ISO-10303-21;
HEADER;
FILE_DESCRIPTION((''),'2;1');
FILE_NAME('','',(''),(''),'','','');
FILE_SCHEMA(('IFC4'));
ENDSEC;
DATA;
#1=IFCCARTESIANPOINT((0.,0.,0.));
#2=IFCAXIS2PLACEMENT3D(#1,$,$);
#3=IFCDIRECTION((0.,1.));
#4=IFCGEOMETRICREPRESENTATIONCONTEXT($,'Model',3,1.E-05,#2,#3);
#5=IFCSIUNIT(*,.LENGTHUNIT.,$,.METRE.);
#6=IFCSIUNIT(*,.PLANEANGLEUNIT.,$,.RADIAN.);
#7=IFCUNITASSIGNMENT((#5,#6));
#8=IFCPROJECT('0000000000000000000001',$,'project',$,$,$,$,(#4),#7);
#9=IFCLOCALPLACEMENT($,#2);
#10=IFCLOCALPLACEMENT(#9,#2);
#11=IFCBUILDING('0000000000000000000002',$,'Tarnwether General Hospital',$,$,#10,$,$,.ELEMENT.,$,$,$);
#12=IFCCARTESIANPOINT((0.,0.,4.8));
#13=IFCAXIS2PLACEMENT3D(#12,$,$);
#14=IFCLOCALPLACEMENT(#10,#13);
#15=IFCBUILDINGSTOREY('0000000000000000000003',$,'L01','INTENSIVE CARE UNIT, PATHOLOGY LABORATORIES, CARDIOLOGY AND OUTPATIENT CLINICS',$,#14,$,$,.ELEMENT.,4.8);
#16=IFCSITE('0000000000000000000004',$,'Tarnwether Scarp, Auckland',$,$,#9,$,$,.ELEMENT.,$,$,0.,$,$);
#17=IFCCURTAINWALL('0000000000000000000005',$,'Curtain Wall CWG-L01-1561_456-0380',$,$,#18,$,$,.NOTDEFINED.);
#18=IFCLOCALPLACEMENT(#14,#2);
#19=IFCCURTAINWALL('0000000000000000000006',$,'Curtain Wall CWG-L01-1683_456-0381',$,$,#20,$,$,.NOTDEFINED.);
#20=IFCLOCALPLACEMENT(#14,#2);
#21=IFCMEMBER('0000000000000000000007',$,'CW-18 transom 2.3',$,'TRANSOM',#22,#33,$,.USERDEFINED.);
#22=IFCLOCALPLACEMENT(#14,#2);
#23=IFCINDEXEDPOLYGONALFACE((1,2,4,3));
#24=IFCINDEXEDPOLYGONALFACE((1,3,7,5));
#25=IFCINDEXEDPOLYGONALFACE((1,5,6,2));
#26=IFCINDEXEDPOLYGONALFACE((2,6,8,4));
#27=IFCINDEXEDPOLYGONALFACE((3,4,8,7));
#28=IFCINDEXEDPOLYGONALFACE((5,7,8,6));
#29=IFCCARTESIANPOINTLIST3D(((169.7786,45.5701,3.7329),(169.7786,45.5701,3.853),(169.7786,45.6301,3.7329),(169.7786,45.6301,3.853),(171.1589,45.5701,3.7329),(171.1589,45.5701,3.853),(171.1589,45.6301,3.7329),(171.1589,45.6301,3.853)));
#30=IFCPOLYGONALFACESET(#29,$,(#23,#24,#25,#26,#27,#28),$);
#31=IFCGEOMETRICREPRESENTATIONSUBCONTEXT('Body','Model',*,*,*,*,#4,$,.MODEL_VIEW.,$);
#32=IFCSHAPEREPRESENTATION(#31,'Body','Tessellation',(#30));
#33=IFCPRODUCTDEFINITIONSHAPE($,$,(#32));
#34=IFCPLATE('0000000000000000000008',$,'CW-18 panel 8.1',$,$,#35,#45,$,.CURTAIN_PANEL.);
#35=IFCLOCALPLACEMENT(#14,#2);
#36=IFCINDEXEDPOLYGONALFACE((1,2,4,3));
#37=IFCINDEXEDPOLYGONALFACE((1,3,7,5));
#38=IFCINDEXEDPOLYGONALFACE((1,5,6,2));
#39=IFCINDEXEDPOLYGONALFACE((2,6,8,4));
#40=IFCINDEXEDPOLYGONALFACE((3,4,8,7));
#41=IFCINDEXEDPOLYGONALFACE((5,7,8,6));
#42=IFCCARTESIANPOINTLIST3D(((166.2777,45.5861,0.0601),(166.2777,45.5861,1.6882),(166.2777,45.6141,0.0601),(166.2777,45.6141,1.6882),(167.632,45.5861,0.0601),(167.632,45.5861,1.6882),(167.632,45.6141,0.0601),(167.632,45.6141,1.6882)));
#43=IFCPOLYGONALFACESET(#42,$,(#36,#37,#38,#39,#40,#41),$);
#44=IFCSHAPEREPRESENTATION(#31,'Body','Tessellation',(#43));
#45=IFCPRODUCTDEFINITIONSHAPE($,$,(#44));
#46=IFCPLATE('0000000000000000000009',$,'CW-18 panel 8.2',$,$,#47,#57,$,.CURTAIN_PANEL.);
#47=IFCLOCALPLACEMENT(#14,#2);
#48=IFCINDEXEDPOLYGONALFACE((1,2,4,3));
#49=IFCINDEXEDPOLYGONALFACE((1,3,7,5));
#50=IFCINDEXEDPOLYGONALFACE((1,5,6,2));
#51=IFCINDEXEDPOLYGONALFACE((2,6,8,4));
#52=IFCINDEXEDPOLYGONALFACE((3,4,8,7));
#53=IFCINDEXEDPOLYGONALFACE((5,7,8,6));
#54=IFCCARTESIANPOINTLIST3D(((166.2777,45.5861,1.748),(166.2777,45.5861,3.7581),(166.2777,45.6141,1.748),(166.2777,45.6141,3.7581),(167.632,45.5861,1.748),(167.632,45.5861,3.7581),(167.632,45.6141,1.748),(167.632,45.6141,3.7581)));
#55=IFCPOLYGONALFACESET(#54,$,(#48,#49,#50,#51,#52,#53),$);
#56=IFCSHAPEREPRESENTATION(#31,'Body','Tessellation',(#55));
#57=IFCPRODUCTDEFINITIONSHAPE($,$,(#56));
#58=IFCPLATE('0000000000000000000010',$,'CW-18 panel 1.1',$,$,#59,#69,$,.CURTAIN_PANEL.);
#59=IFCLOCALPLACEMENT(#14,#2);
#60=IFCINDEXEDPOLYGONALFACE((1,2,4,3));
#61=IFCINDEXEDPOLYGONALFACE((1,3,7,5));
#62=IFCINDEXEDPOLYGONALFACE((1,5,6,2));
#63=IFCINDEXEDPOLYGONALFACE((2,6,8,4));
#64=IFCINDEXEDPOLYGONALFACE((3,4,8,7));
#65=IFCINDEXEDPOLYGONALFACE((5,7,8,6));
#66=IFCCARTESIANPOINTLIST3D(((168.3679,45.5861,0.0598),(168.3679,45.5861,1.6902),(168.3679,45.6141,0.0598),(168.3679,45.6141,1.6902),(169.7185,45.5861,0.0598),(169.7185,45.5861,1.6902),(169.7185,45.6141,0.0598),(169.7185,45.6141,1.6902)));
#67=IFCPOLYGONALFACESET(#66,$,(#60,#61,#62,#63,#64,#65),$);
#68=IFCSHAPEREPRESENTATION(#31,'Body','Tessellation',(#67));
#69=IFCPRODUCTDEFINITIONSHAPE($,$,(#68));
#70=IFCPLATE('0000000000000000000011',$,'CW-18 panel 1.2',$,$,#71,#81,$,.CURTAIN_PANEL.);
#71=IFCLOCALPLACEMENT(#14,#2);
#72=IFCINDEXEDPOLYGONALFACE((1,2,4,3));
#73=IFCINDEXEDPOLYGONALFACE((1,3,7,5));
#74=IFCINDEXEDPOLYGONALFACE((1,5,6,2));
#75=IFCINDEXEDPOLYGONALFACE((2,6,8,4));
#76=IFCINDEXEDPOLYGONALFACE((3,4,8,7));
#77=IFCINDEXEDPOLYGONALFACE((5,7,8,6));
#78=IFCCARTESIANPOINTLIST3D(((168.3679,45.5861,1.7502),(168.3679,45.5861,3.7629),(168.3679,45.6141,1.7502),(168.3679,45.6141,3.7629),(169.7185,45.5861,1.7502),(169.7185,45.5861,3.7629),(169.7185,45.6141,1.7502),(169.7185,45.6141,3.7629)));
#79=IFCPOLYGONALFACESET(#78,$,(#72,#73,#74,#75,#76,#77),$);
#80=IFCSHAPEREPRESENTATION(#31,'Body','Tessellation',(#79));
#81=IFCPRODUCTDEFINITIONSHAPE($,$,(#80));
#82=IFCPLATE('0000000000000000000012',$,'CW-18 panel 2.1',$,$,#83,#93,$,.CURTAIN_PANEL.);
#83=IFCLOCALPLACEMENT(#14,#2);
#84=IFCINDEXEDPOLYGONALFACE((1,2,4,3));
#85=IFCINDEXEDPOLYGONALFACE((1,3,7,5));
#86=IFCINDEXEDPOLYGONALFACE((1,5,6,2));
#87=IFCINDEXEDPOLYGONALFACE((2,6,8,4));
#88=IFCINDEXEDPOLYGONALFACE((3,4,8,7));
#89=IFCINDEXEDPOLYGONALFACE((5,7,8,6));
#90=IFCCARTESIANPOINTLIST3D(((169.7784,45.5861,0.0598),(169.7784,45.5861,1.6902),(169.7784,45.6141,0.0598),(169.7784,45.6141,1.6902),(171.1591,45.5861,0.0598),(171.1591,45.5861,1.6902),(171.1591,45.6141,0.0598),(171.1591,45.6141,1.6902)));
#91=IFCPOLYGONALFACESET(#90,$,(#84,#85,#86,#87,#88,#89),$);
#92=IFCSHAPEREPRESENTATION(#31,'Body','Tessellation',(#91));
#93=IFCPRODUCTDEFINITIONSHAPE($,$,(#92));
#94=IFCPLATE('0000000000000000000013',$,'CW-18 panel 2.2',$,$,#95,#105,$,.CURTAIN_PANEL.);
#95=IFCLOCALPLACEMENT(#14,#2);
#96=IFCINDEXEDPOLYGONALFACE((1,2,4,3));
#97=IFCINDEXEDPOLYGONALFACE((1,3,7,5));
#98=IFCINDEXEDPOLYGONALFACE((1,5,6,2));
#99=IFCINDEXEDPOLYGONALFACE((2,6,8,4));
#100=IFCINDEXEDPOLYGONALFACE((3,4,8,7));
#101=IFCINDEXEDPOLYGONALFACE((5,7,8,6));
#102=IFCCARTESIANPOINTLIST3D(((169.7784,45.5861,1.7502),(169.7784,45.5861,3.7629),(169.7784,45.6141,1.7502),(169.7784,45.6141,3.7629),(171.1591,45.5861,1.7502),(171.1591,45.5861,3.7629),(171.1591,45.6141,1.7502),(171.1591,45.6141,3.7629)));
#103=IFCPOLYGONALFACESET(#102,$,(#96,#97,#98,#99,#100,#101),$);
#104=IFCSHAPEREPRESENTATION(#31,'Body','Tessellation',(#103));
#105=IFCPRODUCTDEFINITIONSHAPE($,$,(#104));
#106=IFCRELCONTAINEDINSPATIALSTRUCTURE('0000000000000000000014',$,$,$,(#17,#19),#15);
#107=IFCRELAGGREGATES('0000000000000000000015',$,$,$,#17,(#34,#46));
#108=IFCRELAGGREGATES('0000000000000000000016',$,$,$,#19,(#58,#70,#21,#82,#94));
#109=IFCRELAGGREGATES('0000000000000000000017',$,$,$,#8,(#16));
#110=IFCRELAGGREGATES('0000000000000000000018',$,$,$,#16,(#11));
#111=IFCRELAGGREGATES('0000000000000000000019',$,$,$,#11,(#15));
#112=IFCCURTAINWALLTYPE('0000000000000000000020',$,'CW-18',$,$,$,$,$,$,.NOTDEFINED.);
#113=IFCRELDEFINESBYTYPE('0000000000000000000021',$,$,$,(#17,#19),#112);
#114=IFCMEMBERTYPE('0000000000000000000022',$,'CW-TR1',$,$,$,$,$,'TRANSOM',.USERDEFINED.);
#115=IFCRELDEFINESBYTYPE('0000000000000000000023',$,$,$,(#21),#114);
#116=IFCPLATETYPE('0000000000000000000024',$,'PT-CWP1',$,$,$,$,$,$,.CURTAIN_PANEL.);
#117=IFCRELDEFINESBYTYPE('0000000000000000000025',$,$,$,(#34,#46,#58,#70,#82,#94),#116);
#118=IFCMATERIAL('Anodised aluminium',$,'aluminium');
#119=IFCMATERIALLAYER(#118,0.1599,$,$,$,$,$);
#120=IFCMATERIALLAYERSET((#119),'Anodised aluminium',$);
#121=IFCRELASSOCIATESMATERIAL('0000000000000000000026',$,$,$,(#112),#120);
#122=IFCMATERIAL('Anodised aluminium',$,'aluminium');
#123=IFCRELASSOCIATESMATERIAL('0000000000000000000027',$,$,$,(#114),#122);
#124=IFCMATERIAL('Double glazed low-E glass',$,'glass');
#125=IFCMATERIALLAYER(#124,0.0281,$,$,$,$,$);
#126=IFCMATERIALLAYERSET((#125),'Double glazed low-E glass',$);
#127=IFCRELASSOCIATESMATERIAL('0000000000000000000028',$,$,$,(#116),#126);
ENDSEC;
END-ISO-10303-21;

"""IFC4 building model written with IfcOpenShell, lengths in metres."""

from ifc_helpers import new_model, si_unit, direction, frame, origin, origin_2d, place, context, subcontext, project, spatial, rectangle, extrude, material, layer, layer_set, material_profile, profile_set, type_object, element, aggregate, save


model = new_model("IFC4")

# Units and contexts
model_context = context("Model", 3, precision=1e-05, world=origin(), true_north=direction((0.0, 1.0)))
body_context = subcontext(model_context, "Body", "Model", "MODEL_VIEW")
ifc_project = project(units=[si_unit("LENGTHUNIT", "METRE"), si_unit("PLANEANGLEUNIT", "RADIAN")], contexts=[model_context])

# Site, building, storey
site_placement = place(None, origin())
site = spatial("IfcSite", under=ifc_project, at=site_placement, Name="Tarnwether Scarp, Auckland", CompositionType="ELEMENT", RefElevation=0.0)
building_placement = place(site_placement, origin())
building = spatial("IfcBuilding", under=site, at=building_placement, Name="Tarnwether General Hospital", CompositionType="ELEMENT")
storey_placement = place(building_placement, frame((0.0, 0.0, 4.8)))
storey = spatial("IfcBuildingStorey", under=building, at=storey_placement, Name="L01", Description="INTENSIVE CARE UNIT, PATHOLOGY LABORATORIES, CARDIOLOGY AND OUTPATIENT CLINICS", CompositionType="ELEMENT", Elevation=4.8)

# Curtain wall
ifc_material_1 = material(Name="Anodised aluminium", Category="aluminium")
ifc_layer_1 = layer(ifc_material_1, 0.1599)
ifc_layer_set_1 = layer_set([ifc_layer_1], Name="Anodised aluminium")
curtain_wall_type = type_object("IfcCurtainWallType", Name="CW-18", PredefinedType="NOTDEFINED", material=ifc_layer_set_1)
curtain_wall_1_placement = place(storey_placement, origin())
curtain_wall_1 = element("IfcCurtainWall", 1, at=curtain_wall_1_placement, inside=storey, type_object=curtain_wall_type, Name="Curtain Wall CWG-L01-1561_456-0380", PredefinedType="NOTDEFINED")

# Curtain wall
curtain_wall_2_placement = place(storey_placement, origin())
curtain_wall_2 = element("IfcCurtainWall", 2, at=curtain_wall_2_placement, inside=storey, type_object=curtain_wall_type, Name="Curtain Wall CWG-L01-1683_456-0381", PredefinedType="NOTDEFINED")

# Member
ifc_material_2 = material(Name="Anodised aluminium", Category="aluminium")
ifc_material_profile_1 = material_profile(ifc_material_2, rectangle(XDim=0.0601, YDim=0.1201, at=origin_2d()), Name="ALU-TRN-60x120")
ifc_profile_set_1 = profile_set([ifc_material_profile_1], Name="Anodised aluminium")
member_type_1 = type_object("IfcMemberType", Name="CW-TR1", ElementType="TRANSOM", PredefinedType="USERDEFINED", material=ifc_profile_set_1)
member_1_placement = place(storey_placement, frame((169.7786, 45.6001, 3.793), z_axis=(1.0, 0.0, 0.0), x_axis=(0.0, 1.0, 0.0)))
member_1 = element("IfcMember", 3, at=member_1_placement, type_object=member_type_1, Name="CW-18 transom 2.3", ObjectType="TRANSOM", PredefinedType="USERDEFINED", context=body_context, shape_type="SweptSolid", body=[
    extrude(rectangle(XDim=0.0601, YDim=0.1201, at=origin_2d()), origin(), (0.0, 0.0, 1.0), 1.3804),
])

# Plates
ifc_material_3 = material(Name="Double glazed low-E glass", Category="glass")
ifc_layer_2 = layer(ifc_material_3, 0.0281)
ifc_layer_set_2 = layer_set([ifc_layer_2], Name="Double glazed low-E glass")
plate_type = type_object("IfcPlateType", Name="PT-CWP1", PredefinedType="CURTAIN_PANEL", material=ifc_layer_set_2)
plate_1_placement = place(storey_placement, frame((166.9548, 45.6001, 0.0601), z_axis=(0.0, 0.0, 1.0), x_axis=(1.0, 0.0, 0.0)))
plate_1 = element("IfcPlate", 4, at=plate_1_placement, type_object=plate_type, Name="CW-18 panel 8.1", PredefinedType="CURTAIN_PANEL", context=body_context, shape_type="SweptSolid", body=[
    extrude(rectangle(XDim=1.3542, YDim=0.0281, at=origin_2d()), origin(), (0.0, 0.0, 1.0), 1.6282),
])
plate_2_placement = place(storey_placement, frame((166.9548, 45.6001, 1.748), z_axis=(0.0, 0.0, 1.0), x_axis=(1.0, 0.0, 0.0)))
plate_2 = element("IfcPlate", 5, at=plate_2_placement, type_object=plate_type, Name="CW-18 panel 8.2", PredefinedType="CURTAIN_PANEL", context=body_context, shape_type="SweptSolid", body=[
    extrude(rectangle(XDim=1.3542, YDim=0.0281, at=origin_2d()), origin(), (0.0, 0.0, 1.0), 2.01),
])
aggregate(curtain_wall_1, [plate_1, plate_2])
plate_3_placement = place(storey_placement, frame((169.0432, 45.6001, 0.0598), z_axis=(0.0, 0.0, 1.0), x_axis=(1.0, 0.0, 0.0)))
plate_3 = element("IfcPlate", 6, at=plate_3_placement, type_object=plate_type, Name="CW-18 panel 1.1", PredefinedType="CURTAIN_PANEL", context=body_context, shape_type="SweptSolid", body=[
    extrude(rectangle(XDim=1.3506, YDim=0.0281, at=origin_2d()), origin(), (0.0, 0.0, 1.0), 1.6304),
])
plate_4_placement = place(storey_placement, frame((169.0432, 45.6001, 1.7502), z_axis=(0.0, 0.0, 1.0), x_axis=(1.0, 0.0, 0.0)))
plate_4 = element("IfcPlate", 7, at=plate_4_placement, type_object=plate_type, Name="CW-18 panel 1.2", PredefinedType="CURTAIN_PANEL", context=body_context, shape_type="SweptSolid", body=[
    extrude(rectangle(XDim=1.3506, YDim=0.0281, at=origin_2d()), origin(), (0.0, 0.0, 1.0), 2.0127),
])
plate_5_placement = place(storey_placement, frame((170.4688, 45.6001, 0.0598), z_axis=(0.0, 0.0, 1.0), x_axis=(1.0, 0.0, 0.0)))
plate_5 = element("IfcPlate", 8, at=plate_5_placement, type_object=plate_type, Name="CW-18 panel 2.1", PredefinedType="CURTAIN_PANEL", context=body_context, shape_type="SweptSolid", body=[
    extrude(rectangle(XDim=1.3806, YDim=0.0281, at=origin_2d()), origin(), (0.0, 0.0, 1.0), 1.6304),
])
plate_6_placement = place(storey_placement, frame((170.4688, 45.6001, 1.7502), z_axis=(0.0, 0.0, 1.0), x_axis=(1.0, 0.0, 0.0)))
plate_6 = element("IfcPlate", 9, at=plate_6_placement, type_object=plate_type, Name="CW-18 panel 2.2", PredefinedType="CURTAIN_PANEL", context=body_context, shape_type="SweptSolid", body=[
    extrude(rectangle(XDim=1.3806, YDim=0.0281, at=origin_2d()), origin(), (0.0, 0.0, 1.0), 2.0127),
])
aggregate(curtain_wall_2, [plate_3, plate_4, member_1, plate_5, plate_6])

save(model, "model.ifc")
